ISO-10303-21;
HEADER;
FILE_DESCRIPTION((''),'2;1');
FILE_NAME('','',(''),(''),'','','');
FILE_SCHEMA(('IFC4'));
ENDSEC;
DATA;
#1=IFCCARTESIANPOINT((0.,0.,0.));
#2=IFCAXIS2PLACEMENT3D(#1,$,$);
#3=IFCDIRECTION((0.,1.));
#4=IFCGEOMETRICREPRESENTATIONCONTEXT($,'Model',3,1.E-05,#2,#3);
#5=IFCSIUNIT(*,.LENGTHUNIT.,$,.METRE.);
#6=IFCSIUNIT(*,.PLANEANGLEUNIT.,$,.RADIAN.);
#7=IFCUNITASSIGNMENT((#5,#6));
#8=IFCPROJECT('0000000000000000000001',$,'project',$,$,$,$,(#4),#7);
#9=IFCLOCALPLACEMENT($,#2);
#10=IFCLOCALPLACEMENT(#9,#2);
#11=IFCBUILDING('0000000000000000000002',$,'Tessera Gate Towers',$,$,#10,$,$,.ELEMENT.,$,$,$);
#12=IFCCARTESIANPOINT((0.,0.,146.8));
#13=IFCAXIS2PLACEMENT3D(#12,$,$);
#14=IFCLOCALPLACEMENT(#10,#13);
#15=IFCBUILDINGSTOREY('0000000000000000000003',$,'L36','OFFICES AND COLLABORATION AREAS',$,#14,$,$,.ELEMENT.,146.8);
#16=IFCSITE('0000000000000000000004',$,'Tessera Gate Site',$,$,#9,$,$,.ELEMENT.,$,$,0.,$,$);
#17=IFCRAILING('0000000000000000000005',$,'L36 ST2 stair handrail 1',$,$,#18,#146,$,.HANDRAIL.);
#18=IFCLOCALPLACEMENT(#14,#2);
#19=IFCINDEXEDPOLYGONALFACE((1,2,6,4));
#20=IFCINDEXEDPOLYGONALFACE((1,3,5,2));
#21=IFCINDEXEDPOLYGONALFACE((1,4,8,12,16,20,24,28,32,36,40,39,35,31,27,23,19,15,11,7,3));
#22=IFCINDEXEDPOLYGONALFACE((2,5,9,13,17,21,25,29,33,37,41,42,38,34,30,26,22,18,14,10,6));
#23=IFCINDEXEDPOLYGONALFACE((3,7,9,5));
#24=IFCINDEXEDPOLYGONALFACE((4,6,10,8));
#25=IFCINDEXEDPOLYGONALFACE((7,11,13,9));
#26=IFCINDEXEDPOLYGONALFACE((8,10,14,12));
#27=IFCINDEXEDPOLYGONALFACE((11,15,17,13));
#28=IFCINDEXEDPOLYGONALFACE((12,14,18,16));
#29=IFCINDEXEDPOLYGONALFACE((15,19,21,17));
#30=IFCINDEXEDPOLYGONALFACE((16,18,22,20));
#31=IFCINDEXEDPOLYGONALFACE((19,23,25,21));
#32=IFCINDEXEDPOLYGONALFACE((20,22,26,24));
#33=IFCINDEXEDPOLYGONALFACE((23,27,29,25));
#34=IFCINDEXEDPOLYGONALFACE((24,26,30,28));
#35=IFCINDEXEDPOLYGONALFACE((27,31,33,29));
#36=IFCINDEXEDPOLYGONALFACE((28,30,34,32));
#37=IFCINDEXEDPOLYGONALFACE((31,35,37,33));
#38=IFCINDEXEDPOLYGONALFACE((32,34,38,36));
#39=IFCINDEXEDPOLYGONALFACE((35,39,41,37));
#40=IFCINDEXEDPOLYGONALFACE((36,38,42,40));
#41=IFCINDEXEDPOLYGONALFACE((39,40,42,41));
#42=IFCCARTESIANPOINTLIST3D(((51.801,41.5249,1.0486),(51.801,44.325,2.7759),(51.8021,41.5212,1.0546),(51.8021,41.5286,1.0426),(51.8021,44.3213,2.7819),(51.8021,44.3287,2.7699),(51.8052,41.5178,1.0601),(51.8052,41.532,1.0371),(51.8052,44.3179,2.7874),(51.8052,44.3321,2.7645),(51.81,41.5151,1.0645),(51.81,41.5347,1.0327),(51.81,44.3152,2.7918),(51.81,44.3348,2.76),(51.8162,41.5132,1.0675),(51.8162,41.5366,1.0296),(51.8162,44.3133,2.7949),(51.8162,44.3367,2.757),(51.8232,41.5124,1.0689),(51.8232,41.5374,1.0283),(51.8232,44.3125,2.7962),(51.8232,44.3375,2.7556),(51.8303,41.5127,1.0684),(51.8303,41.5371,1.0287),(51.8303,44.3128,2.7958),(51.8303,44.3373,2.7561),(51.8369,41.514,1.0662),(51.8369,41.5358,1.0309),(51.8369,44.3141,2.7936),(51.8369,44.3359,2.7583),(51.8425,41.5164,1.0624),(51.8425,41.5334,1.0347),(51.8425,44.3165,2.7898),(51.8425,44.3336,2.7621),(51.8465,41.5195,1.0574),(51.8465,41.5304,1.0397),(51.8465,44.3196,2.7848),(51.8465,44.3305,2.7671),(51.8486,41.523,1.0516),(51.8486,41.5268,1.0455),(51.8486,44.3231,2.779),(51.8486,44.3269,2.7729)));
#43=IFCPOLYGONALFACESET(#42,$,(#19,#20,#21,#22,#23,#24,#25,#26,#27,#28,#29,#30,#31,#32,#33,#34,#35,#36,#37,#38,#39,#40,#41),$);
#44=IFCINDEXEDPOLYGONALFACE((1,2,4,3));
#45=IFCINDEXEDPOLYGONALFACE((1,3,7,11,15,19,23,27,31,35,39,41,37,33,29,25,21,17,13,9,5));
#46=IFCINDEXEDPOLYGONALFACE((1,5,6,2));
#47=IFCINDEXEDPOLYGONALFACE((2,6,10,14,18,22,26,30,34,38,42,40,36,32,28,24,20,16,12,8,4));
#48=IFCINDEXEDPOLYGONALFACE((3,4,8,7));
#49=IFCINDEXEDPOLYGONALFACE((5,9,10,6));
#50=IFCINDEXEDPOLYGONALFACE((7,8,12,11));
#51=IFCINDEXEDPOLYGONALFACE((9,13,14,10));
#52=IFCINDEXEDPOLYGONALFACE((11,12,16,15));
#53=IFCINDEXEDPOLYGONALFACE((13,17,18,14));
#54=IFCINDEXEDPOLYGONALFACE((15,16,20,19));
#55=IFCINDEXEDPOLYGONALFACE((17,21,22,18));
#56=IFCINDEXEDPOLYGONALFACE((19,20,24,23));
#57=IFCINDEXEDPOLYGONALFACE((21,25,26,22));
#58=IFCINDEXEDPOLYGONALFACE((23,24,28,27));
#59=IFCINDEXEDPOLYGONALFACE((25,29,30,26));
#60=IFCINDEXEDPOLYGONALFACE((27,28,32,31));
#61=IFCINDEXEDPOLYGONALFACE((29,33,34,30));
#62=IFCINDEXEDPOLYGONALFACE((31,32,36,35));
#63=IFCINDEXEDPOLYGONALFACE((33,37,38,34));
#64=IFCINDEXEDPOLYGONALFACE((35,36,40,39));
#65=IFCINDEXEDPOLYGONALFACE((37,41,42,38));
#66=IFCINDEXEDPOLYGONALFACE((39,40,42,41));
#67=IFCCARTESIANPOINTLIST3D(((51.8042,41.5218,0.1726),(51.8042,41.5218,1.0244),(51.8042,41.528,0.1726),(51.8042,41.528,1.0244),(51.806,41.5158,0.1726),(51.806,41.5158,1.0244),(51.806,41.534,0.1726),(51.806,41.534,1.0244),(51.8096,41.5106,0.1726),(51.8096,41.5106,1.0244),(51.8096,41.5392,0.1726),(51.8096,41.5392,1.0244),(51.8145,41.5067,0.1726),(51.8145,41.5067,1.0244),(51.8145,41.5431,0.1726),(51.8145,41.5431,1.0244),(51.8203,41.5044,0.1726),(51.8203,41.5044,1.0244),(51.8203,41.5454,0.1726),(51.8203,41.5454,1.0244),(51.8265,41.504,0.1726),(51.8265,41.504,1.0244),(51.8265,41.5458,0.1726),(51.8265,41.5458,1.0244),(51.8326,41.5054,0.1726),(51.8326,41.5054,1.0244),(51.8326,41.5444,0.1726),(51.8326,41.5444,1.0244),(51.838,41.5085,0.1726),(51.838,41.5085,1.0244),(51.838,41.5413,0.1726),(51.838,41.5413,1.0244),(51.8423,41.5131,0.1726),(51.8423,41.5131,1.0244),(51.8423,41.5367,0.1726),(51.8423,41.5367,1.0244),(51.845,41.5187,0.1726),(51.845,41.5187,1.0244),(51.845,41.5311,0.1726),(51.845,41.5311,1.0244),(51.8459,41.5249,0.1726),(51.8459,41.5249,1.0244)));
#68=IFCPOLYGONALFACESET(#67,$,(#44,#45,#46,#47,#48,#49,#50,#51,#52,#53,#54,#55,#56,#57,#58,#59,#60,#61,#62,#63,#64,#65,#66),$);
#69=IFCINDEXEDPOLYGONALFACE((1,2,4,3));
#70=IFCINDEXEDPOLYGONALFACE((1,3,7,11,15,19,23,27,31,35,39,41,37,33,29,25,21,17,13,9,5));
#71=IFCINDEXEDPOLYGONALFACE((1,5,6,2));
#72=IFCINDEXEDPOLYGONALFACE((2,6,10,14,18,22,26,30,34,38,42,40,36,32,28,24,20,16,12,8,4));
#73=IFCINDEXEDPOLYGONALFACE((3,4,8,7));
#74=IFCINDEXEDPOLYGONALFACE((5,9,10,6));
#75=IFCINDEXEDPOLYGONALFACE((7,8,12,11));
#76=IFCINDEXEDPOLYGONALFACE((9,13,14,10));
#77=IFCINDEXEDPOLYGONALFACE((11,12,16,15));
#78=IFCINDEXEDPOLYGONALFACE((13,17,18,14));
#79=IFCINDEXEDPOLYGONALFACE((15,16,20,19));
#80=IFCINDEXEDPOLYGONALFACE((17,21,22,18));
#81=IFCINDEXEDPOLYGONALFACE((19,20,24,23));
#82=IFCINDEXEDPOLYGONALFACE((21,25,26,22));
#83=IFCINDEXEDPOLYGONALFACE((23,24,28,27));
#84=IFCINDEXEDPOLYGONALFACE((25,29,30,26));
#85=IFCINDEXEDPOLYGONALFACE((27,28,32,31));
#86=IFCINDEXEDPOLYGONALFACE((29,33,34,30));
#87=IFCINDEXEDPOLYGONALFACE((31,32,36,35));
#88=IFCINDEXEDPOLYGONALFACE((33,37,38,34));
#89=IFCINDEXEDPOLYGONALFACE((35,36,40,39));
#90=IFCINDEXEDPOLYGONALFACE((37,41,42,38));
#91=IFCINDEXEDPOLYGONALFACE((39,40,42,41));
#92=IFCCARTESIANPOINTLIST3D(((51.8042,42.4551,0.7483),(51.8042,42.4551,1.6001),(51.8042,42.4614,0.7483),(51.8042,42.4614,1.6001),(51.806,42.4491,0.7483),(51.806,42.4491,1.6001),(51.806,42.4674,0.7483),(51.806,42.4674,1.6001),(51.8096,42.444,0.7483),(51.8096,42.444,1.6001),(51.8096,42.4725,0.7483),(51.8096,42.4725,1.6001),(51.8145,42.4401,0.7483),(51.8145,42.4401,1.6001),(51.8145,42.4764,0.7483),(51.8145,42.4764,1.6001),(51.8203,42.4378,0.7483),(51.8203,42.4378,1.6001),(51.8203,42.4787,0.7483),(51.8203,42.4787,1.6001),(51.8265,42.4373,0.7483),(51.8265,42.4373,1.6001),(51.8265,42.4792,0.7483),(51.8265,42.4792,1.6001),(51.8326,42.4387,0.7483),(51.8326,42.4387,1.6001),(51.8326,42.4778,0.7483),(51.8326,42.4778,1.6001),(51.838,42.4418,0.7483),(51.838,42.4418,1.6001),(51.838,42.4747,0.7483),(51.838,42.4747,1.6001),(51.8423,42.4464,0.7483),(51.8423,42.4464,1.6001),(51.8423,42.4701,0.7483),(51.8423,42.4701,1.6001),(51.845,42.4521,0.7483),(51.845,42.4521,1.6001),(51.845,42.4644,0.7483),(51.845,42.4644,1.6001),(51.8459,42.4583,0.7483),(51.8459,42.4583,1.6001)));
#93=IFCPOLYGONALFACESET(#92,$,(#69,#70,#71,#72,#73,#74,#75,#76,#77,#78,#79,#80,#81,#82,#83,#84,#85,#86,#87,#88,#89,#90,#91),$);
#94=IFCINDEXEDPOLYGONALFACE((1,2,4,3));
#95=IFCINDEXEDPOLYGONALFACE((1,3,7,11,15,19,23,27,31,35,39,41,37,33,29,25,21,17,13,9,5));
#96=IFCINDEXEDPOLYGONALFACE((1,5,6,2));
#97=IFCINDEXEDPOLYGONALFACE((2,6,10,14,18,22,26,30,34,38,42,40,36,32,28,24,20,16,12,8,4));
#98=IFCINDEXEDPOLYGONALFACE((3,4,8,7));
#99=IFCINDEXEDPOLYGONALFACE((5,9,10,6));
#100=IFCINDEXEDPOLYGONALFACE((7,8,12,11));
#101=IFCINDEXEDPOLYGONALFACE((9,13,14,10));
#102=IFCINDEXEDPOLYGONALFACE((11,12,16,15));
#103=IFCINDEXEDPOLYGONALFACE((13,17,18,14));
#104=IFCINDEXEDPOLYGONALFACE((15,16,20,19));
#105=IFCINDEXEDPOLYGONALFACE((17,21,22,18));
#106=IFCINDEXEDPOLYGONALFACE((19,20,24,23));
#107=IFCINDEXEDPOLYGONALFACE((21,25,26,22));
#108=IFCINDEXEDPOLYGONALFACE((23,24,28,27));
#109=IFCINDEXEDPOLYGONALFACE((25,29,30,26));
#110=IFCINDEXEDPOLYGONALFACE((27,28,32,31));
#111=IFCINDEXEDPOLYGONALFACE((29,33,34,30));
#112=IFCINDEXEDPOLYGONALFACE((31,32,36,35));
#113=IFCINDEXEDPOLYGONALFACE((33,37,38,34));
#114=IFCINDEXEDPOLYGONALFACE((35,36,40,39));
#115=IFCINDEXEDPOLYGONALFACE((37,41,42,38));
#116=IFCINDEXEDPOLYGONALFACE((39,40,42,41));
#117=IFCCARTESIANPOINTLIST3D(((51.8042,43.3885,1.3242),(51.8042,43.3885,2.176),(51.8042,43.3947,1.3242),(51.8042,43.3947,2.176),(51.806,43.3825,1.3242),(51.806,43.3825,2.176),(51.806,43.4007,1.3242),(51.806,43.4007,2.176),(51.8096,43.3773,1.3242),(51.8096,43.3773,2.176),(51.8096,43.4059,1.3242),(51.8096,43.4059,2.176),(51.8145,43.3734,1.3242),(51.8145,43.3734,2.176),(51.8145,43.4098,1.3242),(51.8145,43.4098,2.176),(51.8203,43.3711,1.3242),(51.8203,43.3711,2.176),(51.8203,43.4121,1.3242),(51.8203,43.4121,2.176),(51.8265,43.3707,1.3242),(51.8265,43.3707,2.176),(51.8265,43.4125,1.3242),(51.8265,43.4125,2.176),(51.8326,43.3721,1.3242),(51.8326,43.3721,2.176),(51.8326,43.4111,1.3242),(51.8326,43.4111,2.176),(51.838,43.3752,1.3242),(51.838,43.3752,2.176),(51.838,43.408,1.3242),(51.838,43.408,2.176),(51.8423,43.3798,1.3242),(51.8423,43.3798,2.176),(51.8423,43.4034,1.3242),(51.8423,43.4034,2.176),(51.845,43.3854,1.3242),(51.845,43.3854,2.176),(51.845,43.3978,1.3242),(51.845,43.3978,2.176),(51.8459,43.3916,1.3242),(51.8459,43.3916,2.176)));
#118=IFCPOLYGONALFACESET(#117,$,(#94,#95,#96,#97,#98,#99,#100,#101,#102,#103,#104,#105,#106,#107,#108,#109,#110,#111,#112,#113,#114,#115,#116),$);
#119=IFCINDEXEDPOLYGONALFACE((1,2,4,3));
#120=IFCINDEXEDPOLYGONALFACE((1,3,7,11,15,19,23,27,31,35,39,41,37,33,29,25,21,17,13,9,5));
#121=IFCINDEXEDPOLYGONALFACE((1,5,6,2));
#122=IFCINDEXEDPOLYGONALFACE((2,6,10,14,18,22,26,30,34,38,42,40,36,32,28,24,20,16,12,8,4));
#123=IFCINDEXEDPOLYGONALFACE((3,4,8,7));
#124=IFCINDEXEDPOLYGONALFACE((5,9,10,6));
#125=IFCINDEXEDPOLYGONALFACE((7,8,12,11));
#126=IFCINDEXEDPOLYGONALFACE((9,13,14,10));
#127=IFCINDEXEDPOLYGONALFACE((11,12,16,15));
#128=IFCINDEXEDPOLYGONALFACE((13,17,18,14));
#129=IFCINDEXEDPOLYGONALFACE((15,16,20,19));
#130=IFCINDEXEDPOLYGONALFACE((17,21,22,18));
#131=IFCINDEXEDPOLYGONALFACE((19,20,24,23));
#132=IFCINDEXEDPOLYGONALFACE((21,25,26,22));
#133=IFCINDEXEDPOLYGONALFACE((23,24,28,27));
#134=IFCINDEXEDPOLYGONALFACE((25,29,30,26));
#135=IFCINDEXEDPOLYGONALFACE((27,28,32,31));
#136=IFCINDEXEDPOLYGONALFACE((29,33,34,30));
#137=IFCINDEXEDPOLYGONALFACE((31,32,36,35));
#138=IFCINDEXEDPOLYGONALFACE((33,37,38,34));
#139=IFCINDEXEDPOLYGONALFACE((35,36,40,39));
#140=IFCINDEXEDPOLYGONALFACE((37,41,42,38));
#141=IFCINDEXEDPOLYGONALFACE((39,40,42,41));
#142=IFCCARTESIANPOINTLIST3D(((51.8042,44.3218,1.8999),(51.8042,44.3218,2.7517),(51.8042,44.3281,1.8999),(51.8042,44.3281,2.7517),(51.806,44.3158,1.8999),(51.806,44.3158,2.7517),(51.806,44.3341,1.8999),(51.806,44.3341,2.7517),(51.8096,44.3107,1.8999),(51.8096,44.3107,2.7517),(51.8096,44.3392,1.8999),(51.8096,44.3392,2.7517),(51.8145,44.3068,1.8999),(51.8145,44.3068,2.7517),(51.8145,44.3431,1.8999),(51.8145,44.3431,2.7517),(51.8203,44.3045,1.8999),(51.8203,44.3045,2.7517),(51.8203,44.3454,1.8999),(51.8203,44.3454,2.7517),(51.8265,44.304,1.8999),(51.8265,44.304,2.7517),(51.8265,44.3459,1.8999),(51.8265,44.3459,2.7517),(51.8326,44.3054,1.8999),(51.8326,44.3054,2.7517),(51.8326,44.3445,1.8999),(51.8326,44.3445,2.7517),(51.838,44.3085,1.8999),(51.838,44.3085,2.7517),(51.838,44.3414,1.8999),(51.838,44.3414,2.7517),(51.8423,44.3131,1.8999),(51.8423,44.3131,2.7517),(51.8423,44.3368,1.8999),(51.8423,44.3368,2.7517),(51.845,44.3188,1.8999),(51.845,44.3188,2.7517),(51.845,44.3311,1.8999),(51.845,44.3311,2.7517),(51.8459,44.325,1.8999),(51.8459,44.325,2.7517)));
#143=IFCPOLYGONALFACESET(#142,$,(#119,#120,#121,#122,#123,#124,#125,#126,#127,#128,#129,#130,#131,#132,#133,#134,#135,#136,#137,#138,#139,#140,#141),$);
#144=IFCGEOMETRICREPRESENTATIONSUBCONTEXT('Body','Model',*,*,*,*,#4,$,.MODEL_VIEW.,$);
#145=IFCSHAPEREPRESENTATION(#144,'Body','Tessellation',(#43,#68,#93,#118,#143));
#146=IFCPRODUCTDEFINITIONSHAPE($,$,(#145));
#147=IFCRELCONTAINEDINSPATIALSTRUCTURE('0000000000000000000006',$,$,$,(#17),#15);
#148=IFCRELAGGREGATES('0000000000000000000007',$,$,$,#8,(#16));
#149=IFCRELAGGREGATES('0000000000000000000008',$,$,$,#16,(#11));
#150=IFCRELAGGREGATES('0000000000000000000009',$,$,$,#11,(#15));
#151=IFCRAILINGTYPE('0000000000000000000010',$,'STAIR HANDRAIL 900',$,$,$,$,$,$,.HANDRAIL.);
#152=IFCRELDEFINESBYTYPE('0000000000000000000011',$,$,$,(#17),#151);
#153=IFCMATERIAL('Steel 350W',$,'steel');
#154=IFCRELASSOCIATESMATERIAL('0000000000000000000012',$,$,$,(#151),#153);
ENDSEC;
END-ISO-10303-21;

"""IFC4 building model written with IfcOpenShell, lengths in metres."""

from ifc_helpers import new_model, si_unit, direction, frame, origin, origin_2d, place, context, subcontext, project, spatial, circle, extrude, material, type_object, element, save


model = new_model("IFC4")

# Units and contexts
model_context = context("Model", 3, precision=1e-05, world=origin(), true_north=direction((0.0, 1.0)))
body_context = subcontext(model_context, "Body", "Model", "MODEL_VIEW")
ifc_project = project(units=[si_unit("LENGTHUNIT", "METRE"), si_unit("PLANEANGLEUNIT", "RADIAN")], contexts=[model_context])

# Site, building, storey
site_placement = place(None, origin())
site = spatial("IfcSite", under=ifc_project, at=site_placement, Name="Tessera Gate Site", CompositionType="ELEMENT", RefElevation=0.0)
building_placement = place(site_placement, origin())
building = spatial("IfcBuilding", under=site, at=building_placement, Name="Tessera Gate Towers", CompositionType="ELEMENT")
storey_placement = place(building_placement, frame((0.0, 0.0, 146.8)))
storey = spatial("IfcBuildingStorey", under=building, at=storey_placement, Name="L36", Description="OFFICES AND COLLABORATION AREAS", CompositionType="ELEMENT", Elevation=146.8)

# Railing
ifc_material_1 = material(Name="Steel 350W", Category="steel")
railing_type_1 = type_object("IfcRailingType", Name="STAIR HANDRAIL 900", PredefinedType="HANDRAIL", material=ifc_material_1)
railing_1_placement = place(storey_placement, frame((51.825, 41.5249, 0.1726)))
element("IfcRailing", 1, at=railing_1_placement, inside=storey, type_object=railing_type_1, Name="L36 ST2 stair handrail 1", PredefinedType="HANDRAIL", context=body_context, shape_type="SweptSolid", body=[
    extrude(circle(Radius=0.0239, at=origin_2d()), frame((0.0, 0.0, 0.876), z_axis=(0.0, 0.85109, 0.52502), x_axis=(-1.0, 0.0, 0.0)), (0.0, 0.0, 1.0), 3.29),
    extrude(circle(Radius=0.021, at=origin_2d()), origin(), (0.0, 0.0, 1.0), 0.8518),
    extrude(circle(Radius=0.021, at=origin_2d()), frame((0.0, 0.9333, 0.5757)), (0.0, 0.0, 1.0), 0.8518),
    extrude(circle(Radius=0.021, at=origin_2d()), frame((0.0, 1.8667, 1.1516)), (0.0, 0.0, 1.0), 0.8518),
    extrude(circle(Radius=0.021, at=origin_2d()), frame((0.0, 2.8, 1.7273)), (0.0, 0.0, 1.0), 0.8518),
])

save(model, "model.ifc")
